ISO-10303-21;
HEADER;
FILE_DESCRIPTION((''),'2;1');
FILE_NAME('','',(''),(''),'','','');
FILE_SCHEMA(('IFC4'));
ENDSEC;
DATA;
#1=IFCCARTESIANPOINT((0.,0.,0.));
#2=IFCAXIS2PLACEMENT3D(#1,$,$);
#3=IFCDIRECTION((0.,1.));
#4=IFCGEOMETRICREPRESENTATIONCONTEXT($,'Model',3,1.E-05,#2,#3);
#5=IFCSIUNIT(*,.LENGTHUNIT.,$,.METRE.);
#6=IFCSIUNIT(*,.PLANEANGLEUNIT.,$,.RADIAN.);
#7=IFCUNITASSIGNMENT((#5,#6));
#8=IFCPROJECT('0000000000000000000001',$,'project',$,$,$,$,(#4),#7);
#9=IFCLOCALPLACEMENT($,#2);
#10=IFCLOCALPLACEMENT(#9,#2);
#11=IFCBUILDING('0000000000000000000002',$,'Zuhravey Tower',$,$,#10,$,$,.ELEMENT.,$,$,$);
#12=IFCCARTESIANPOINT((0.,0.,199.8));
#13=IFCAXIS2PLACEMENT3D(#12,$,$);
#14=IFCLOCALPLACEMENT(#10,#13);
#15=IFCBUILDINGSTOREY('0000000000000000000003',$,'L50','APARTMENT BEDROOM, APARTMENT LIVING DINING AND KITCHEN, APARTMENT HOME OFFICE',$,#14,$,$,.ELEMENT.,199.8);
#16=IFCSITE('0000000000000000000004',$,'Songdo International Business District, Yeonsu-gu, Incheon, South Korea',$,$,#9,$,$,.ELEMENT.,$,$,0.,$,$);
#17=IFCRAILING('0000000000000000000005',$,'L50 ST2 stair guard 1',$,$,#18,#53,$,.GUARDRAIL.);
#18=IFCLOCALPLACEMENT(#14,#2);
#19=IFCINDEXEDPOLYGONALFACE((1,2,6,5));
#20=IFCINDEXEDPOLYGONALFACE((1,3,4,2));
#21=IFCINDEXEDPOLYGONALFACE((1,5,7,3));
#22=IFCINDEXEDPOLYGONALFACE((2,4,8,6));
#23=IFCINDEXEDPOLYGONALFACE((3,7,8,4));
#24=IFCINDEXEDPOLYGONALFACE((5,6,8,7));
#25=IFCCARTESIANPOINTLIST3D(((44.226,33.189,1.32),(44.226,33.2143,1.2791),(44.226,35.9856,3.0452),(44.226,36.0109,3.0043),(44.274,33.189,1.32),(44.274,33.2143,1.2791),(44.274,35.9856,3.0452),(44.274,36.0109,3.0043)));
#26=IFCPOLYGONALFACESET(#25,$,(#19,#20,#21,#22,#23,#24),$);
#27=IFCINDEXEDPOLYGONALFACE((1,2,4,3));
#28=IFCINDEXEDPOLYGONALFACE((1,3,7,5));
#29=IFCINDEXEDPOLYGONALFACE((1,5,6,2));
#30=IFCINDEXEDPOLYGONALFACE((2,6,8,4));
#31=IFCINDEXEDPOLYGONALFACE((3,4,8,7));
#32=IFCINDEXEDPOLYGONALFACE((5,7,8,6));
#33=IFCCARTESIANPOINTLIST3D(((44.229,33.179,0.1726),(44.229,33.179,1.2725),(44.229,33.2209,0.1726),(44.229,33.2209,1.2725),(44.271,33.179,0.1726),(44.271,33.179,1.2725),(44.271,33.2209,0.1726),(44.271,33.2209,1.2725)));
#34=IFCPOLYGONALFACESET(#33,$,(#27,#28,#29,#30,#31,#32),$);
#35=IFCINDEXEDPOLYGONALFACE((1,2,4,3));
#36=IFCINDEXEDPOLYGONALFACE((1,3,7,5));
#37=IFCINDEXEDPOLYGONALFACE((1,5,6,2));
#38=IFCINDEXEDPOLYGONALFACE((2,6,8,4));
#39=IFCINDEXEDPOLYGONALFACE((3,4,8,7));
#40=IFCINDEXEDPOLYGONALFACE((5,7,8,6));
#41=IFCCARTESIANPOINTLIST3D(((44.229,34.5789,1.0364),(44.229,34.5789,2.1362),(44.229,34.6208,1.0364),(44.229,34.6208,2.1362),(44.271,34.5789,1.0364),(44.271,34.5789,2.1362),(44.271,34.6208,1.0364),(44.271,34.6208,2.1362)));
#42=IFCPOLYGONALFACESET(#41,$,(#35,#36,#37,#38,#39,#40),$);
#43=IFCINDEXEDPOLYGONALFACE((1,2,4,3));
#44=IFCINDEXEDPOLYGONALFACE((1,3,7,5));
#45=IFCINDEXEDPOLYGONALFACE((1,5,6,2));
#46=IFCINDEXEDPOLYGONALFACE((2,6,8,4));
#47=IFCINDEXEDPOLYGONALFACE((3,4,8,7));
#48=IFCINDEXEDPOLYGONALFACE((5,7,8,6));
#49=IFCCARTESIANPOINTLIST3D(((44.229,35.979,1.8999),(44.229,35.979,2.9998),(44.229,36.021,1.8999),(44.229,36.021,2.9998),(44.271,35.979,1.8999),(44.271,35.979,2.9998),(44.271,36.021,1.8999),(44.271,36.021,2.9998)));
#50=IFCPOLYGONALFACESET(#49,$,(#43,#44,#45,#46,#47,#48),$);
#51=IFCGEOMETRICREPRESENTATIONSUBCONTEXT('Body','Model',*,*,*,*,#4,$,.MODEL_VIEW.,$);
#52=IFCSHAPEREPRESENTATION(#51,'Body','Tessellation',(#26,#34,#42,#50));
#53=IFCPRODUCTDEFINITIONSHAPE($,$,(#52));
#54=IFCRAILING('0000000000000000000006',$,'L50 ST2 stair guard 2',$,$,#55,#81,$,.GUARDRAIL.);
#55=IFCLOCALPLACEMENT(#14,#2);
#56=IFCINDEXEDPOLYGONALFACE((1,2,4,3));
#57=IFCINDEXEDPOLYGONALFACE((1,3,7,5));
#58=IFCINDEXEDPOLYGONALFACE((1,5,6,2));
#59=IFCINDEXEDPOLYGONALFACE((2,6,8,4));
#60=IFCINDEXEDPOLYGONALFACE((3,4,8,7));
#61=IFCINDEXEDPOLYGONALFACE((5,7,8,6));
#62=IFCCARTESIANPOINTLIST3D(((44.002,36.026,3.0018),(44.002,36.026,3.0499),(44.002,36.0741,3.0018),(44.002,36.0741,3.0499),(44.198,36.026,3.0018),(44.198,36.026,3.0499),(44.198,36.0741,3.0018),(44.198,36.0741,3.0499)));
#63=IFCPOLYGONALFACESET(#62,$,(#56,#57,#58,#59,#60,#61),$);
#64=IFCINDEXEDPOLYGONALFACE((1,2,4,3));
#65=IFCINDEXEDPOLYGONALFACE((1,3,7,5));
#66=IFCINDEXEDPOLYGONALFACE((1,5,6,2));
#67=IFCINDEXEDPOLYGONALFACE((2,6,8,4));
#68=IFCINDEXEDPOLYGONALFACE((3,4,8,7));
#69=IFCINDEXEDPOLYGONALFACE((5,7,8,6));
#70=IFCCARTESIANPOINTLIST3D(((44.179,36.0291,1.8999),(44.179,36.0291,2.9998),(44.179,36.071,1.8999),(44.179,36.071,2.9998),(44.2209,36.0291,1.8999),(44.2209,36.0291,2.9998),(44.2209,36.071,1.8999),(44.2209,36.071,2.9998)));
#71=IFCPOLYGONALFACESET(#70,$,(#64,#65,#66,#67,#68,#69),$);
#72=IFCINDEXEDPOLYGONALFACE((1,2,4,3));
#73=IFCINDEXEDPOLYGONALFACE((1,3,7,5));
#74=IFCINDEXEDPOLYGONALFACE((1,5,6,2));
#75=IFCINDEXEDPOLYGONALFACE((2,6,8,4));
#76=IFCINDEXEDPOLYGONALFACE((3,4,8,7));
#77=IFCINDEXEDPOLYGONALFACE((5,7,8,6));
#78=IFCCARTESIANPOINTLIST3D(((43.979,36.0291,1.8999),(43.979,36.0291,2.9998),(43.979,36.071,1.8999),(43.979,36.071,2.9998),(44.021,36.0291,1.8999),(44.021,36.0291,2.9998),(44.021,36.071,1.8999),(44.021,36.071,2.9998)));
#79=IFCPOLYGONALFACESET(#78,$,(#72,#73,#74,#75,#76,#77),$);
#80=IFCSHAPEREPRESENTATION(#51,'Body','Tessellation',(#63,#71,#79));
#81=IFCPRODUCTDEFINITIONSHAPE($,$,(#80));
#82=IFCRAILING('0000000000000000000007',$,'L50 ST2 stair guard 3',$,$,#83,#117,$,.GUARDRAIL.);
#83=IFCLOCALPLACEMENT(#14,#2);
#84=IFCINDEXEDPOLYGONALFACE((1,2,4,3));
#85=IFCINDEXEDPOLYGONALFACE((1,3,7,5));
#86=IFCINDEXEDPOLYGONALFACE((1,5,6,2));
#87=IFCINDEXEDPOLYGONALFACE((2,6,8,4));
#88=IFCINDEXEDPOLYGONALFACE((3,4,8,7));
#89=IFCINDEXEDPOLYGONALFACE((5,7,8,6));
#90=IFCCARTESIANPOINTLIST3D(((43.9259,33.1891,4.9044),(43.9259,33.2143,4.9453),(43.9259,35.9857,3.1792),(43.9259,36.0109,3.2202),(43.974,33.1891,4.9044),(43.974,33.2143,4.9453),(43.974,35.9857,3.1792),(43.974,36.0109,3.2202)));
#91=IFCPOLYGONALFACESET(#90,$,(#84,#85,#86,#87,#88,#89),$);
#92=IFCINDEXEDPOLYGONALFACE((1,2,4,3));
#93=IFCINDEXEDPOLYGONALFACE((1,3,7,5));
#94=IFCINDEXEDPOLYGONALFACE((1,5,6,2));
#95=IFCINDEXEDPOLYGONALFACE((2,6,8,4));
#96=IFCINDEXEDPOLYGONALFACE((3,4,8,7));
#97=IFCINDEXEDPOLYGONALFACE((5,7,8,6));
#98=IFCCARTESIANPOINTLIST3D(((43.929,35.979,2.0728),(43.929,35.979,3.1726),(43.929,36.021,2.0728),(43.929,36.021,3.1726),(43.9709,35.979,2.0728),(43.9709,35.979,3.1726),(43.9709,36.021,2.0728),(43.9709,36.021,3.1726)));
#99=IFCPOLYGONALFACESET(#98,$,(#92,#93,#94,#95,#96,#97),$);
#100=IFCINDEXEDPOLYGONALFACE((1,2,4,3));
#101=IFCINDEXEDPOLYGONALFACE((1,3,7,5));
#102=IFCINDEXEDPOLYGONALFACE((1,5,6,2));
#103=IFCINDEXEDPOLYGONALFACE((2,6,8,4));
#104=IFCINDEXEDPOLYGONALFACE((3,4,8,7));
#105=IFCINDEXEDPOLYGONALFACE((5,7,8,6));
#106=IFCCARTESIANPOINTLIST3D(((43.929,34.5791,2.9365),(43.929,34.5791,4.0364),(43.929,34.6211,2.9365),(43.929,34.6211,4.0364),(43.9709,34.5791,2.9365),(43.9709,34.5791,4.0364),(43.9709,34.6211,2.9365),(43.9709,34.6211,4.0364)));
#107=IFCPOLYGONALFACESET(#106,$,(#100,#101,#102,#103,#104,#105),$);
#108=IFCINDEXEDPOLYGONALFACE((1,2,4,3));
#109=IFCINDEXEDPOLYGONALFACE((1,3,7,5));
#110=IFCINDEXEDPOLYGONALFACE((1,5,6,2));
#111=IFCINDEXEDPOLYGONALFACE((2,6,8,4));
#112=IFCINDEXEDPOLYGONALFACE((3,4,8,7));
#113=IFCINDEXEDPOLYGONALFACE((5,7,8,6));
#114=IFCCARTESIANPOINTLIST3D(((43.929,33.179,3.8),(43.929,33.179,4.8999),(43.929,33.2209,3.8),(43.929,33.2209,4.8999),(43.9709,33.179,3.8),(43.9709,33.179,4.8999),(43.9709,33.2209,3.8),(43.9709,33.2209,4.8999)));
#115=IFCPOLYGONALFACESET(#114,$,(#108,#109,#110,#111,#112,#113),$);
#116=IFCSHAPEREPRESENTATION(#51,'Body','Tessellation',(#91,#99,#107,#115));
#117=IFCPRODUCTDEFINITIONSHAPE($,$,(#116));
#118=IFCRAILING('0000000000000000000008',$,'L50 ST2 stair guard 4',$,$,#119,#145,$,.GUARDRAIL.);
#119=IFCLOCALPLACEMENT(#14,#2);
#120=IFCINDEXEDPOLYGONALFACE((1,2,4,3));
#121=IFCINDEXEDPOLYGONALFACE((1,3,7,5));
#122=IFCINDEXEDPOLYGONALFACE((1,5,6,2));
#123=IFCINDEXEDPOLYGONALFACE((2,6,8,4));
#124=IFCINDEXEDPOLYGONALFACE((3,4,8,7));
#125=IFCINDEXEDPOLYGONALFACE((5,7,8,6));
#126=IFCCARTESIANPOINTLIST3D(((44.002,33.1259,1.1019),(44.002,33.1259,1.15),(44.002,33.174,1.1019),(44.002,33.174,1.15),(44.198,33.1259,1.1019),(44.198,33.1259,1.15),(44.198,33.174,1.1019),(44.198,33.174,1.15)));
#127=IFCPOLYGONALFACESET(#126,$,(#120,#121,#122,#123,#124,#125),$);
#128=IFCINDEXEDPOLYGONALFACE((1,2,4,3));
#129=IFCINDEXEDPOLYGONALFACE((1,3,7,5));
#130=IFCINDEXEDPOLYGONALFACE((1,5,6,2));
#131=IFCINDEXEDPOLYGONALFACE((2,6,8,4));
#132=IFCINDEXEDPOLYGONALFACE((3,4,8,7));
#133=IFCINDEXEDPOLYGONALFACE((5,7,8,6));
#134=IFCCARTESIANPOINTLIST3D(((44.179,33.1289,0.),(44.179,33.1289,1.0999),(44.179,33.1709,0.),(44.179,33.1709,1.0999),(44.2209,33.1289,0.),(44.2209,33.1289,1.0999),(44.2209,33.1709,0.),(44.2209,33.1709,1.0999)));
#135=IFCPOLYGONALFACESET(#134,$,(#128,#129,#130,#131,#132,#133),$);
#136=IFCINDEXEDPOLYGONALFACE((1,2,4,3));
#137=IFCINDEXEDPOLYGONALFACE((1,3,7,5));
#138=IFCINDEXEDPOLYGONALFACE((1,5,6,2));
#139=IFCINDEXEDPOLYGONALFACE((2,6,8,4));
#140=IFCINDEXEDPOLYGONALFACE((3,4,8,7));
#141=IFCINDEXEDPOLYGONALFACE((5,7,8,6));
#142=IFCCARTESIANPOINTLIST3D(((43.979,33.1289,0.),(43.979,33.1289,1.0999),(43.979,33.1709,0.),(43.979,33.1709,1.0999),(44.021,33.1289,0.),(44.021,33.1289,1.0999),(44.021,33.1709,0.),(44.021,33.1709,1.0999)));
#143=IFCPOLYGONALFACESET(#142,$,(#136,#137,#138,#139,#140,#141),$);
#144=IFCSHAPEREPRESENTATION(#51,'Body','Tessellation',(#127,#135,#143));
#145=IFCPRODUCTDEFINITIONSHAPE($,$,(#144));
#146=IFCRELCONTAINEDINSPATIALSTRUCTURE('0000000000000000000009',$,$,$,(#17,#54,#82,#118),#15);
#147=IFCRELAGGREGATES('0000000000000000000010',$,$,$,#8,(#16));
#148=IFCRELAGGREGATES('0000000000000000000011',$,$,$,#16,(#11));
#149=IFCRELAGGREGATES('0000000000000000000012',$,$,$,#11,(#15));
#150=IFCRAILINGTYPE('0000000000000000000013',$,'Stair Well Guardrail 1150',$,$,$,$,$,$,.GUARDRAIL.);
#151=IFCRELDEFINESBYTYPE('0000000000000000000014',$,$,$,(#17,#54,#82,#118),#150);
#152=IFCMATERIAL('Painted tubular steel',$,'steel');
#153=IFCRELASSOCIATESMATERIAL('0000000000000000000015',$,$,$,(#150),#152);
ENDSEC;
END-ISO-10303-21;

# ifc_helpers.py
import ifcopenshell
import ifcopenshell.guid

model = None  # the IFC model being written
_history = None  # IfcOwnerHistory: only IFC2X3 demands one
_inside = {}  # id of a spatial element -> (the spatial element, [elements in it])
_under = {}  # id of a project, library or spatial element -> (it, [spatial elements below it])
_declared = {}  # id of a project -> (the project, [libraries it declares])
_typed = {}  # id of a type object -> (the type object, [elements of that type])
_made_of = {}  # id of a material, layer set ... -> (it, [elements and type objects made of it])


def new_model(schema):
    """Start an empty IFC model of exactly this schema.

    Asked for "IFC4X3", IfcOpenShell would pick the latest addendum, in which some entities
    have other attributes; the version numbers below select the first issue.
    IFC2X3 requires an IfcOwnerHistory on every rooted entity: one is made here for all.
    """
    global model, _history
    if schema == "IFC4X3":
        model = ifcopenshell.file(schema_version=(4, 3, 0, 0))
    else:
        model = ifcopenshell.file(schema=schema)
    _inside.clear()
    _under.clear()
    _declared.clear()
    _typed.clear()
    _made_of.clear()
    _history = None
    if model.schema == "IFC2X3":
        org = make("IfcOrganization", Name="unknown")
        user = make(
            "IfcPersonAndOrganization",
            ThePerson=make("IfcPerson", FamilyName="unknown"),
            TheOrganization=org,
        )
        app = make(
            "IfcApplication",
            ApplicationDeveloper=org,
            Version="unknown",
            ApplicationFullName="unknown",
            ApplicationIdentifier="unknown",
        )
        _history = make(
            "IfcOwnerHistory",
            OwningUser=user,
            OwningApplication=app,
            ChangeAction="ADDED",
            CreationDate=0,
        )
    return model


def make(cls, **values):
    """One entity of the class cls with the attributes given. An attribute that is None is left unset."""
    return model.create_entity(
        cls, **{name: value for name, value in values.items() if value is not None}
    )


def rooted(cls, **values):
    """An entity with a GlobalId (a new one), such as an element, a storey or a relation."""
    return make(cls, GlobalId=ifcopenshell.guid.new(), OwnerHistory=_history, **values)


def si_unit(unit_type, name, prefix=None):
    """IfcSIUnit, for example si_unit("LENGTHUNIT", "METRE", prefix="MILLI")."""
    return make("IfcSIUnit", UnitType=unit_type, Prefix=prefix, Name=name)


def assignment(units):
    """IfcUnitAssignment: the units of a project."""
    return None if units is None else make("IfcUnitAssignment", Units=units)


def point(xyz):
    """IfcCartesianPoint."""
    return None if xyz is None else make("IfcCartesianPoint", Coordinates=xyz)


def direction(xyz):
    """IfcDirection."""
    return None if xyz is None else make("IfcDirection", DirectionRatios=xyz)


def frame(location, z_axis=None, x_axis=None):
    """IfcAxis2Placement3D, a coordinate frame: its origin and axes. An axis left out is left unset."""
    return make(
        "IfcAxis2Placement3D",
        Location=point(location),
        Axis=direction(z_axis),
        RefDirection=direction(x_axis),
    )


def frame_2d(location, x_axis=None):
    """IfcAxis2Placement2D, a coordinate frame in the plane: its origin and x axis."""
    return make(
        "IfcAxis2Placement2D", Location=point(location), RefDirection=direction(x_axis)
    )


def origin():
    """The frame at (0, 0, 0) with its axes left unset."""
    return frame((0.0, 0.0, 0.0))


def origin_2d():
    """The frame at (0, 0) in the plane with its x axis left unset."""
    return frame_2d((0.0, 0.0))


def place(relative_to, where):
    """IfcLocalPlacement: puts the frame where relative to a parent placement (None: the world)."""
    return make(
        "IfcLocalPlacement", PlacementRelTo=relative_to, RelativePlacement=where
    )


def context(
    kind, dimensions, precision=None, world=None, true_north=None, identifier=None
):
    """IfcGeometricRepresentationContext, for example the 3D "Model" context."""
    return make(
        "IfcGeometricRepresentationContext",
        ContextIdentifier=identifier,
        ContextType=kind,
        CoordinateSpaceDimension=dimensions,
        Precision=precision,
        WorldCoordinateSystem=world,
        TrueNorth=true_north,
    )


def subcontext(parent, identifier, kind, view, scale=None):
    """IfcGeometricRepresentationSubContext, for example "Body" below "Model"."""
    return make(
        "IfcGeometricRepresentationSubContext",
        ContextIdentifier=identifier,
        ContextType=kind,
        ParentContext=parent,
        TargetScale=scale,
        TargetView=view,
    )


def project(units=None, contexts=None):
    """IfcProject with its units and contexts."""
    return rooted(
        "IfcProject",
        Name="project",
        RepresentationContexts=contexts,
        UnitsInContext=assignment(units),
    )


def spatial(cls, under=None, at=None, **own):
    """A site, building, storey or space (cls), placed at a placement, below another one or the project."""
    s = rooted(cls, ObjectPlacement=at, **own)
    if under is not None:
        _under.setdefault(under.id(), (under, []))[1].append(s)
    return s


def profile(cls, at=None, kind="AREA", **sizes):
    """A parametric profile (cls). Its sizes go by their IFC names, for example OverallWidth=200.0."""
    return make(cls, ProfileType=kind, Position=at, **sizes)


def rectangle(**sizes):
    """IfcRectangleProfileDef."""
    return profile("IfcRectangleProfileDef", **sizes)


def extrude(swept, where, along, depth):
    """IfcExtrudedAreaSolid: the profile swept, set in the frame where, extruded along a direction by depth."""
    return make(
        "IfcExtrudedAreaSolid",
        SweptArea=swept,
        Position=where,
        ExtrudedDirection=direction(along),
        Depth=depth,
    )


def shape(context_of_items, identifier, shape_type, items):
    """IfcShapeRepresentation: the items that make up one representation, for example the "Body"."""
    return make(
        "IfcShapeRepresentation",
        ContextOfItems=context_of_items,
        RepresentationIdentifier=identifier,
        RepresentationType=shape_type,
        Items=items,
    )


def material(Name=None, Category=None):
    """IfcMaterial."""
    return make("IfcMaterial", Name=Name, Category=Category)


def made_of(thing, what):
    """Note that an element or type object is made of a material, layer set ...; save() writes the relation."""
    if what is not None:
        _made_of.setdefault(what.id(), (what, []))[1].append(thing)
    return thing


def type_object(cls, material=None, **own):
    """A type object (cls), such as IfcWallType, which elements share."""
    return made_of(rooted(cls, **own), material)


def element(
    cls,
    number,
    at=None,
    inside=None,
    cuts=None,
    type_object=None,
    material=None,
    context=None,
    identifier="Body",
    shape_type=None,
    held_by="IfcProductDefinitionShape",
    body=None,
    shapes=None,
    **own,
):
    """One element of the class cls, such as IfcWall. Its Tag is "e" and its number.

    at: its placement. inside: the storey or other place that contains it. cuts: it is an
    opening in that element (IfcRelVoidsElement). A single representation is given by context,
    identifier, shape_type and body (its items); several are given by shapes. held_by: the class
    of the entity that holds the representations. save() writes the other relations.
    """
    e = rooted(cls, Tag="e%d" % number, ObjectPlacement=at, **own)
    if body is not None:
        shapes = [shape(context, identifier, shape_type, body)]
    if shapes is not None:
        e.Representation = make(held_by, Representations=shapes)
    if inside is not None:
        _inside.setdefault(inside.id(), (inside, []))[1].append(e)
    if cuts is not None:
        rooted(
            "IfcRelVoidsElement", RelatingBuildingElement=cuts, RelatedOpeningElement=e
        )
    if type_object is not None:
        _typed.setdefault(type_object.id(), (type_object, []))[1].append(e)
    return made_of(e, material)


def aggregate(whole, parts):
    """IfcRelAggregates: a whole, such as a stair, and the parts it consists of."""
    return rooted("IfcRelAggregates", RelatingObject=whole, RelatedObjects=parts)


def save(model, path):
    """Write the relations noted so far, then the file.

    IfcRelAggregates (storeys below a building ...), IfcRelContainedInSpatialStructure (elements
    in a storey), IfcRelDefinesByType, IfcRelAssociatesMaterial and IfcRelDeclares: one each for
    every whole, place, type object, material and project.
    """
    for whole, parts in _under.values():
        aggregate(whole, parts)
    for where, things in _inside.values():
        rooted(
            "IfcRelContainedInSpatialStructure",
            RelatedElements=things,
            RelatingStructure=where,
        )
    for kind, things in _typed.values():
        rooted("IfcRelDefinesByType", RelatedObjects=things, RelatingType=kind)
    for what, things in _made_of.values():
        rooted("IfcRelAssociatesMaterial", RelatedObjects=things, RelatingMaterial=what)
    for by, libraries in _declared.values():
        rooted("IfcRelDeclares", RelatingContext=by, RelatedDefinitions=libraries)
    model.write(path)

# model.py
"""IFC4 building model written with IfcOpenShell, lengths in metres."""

from ifc_helpers import new_model, si_unit, direction, frame, origin, origin_2d, place, context, subcontext, project, spatial, rectangle, extrude, material, type_object, element, save


model = new_model("IFC4")

# Units and contexts
model_context = context("Model", 3, precision=1e-05, world=origin(), true_north=direction((0.0, 1.0)))
body_context = subcontext(model_context, "Body", "Model", "MODEL_VIEW")
ifc_project = project(units=[si_unit("LENGTHUNIT", "METRE"), si_unit("PLANEANGLEUNIT", "RADIAN")], contexts=[model_context])

# Site, building, storey
site_placement = place(None, origin())
site = spatial("IfcSite", under=ifc_project, at=site_placement, Name="Songdo International Business District, Yeonsu-gu, Incheon, South Korea", CompositionType="ELEMENT", RefElevation=0.0)
building_placement = place(site_placement, origin())
building = spatial("IfcBuilding", under=site, at=building_placement, Name="Zuhravey Tower", CompositionType="ELEMENT")
storey_placement = place(building_placement, frame((0.0, 0.0, 199.8)))
storey = spatial("IfcBuildingStorey", under=building, at=storey_placement, Name="L50", Description="APARTMENT BEDROOM, APARTMENT LIVING DINING AND KITCHEN, APARTMENT HOME OFFICE", CompositionType="ELEMENT", Elevation=199.8)

# Railings
ifc_material_1 = material(Name="Painted tubular steel", Category="steel")
railing_type_1 = type_object("IfcRailingType", Name="Stair Well Guardrail 1150", PredefinedType="GUARDRAIL", material=ifc_material_1)
railing_1_placement = place(storey_placement, frame((44.25, 33.2, 0.1726)))
element("IfcRailing", 1, at=railing_1_placement, inside=storey, type_object=railing_type_1, Name="L50 ST2 stair guard 1", PredefinedType="GUARDRAIL", context=body_context, shape_type="SweptSolid", body=[
    extrude(rectangle(XDim=0.0481, YDim=0.0481, at=origin_2d()), frame((0.0, 0.0017, 1.127), z_axis=(0.0, 0.85109, 0.52502), x_axis=(-1.0, 0.0, 0.0)), (0.0, 0.0, 1.0), 3.2859),
    extrude(rectangle(XDim=0.042, YDim=0.042, at=origin_2d()), origin(), (0.0, 0.0, 1.0), 1.0999),
    extrude(rectangle(XDim=0.042, YDim=0.042, at=origin_2d()), frame((0.0, 1.3999, 0.8638)), (0.0, 0.0, 1.0), 1.0999),
    extrude(rectangle(XDim=0.042, YDim=0.042, at=origin_2d()), frame((0.0, 2.8, 1.7273)), (0.0, 0.0, 1.0), 1.0999),
])
railing_2_placement = place(storey_placement, frame((44.2, 36.05, 1.8999)))
element("IfcRailing", 2, at=railing_2_placement, inside=storey, type_object=railing_type_1, Name="L50 ST2 stair guard 2", PredefinedType="GUARDRAIL", context=body_context, shape_type="SweptSolid", body=[
    extrude(rectangle(XDim=0.0481, YDim=0.0481, at=origin_2d()), frame((-0.002, 0.0, 1.126), z_axis=(-1.0, 0.0, 0.0), x_axis=(0.0, -1.0, 0.0)), (0.0, 0.0, 1.0), 0.196),
    extrude(rectangle(XDim=0.042, YDim=0.042, at=origin_2d()), origin(), (0.0, 0.0, 1.0), 1.0999),
    extrude(rectangle(XDim=0.042, YDim=0.042, at=origin_2d()), frame((-0.2, 0.0, 0.0)), (0.0, 0.0, 1.0), 1.0999),
])
railing_3_placement = place(storey_placement, frame((43.95, 36.0, 2.0728)))
element("IfcRailing", 3, at=railing_3_placement, inside=storey, type_object=railing_type_1, Name="L50 ST2 stair guard 3", PredefinedType="GUARDRAIL", context=body_context, shape_type="SweptSolid", body=[
    extrude(rectangle(XDim=0.0481, YDim=0.0481, at=origin_2d()), frame((0.0, -0.0017, 1.127), z_axis=(0.0, -0.85109, 0.52502), x_axis=(1.0, 0.0, 0.0)), (0.0, 0.0, 1.0), 3.2859),
    extrude(rectangle(XDim=0.042, YDim=0.042, at=origin_2d()), origin(), (0.0, 0.0, 1.0), 1.0999),
    extrude(rectangle(XDim=0.042, YDim=0.042, at=origin_2d()), frame((0.0, -1.3999, 0.8638)), (0.0, 0.0, 1.0), 1.0999),
    extrude(rectangle(XDim=0.042, YDim=0.042, at=origin_2d()), frame((0.0, -2.8, 1.7273)), (0.0, 0.0, 1.0), 1.0999),
])
railing_4_placement = place(storey_placement, frame((44.2, 33.1499, 0.0)))
element("IfcRailing", 4, at=railing_4_placement, inside=storey, type_object=railing_type_1, Name="L50 ST2 stair guard 4", PredefinedType="GUARDRAIL", context=body_context, shape_type="SweptSolid", body=[
    extrude(rectangle(XDim=0.0481, YDim=0.0481, at=origin_2d()), frame((-0.002, 0.0, 1.126), z_axis=(-1.0, 0.0, 0.0), x_axis=(0.0, -1.0, 0.0)), (0.0, 0.0, 1.0), 0.196),
    extrude(rectangle(XDim=0.042, YDim=0.042, at=origin_2d()), origin(), (0.0, 0.0, 1.0), 1.0999),
    extrude(rectangle(XDim=0.042, YDim=0.042, at=origin_2d()), frame((-0.2, 0.0, 0.0)), (0.0, 0.0, 1.0), 1.0999),
])

save(model, "model.ifc")
